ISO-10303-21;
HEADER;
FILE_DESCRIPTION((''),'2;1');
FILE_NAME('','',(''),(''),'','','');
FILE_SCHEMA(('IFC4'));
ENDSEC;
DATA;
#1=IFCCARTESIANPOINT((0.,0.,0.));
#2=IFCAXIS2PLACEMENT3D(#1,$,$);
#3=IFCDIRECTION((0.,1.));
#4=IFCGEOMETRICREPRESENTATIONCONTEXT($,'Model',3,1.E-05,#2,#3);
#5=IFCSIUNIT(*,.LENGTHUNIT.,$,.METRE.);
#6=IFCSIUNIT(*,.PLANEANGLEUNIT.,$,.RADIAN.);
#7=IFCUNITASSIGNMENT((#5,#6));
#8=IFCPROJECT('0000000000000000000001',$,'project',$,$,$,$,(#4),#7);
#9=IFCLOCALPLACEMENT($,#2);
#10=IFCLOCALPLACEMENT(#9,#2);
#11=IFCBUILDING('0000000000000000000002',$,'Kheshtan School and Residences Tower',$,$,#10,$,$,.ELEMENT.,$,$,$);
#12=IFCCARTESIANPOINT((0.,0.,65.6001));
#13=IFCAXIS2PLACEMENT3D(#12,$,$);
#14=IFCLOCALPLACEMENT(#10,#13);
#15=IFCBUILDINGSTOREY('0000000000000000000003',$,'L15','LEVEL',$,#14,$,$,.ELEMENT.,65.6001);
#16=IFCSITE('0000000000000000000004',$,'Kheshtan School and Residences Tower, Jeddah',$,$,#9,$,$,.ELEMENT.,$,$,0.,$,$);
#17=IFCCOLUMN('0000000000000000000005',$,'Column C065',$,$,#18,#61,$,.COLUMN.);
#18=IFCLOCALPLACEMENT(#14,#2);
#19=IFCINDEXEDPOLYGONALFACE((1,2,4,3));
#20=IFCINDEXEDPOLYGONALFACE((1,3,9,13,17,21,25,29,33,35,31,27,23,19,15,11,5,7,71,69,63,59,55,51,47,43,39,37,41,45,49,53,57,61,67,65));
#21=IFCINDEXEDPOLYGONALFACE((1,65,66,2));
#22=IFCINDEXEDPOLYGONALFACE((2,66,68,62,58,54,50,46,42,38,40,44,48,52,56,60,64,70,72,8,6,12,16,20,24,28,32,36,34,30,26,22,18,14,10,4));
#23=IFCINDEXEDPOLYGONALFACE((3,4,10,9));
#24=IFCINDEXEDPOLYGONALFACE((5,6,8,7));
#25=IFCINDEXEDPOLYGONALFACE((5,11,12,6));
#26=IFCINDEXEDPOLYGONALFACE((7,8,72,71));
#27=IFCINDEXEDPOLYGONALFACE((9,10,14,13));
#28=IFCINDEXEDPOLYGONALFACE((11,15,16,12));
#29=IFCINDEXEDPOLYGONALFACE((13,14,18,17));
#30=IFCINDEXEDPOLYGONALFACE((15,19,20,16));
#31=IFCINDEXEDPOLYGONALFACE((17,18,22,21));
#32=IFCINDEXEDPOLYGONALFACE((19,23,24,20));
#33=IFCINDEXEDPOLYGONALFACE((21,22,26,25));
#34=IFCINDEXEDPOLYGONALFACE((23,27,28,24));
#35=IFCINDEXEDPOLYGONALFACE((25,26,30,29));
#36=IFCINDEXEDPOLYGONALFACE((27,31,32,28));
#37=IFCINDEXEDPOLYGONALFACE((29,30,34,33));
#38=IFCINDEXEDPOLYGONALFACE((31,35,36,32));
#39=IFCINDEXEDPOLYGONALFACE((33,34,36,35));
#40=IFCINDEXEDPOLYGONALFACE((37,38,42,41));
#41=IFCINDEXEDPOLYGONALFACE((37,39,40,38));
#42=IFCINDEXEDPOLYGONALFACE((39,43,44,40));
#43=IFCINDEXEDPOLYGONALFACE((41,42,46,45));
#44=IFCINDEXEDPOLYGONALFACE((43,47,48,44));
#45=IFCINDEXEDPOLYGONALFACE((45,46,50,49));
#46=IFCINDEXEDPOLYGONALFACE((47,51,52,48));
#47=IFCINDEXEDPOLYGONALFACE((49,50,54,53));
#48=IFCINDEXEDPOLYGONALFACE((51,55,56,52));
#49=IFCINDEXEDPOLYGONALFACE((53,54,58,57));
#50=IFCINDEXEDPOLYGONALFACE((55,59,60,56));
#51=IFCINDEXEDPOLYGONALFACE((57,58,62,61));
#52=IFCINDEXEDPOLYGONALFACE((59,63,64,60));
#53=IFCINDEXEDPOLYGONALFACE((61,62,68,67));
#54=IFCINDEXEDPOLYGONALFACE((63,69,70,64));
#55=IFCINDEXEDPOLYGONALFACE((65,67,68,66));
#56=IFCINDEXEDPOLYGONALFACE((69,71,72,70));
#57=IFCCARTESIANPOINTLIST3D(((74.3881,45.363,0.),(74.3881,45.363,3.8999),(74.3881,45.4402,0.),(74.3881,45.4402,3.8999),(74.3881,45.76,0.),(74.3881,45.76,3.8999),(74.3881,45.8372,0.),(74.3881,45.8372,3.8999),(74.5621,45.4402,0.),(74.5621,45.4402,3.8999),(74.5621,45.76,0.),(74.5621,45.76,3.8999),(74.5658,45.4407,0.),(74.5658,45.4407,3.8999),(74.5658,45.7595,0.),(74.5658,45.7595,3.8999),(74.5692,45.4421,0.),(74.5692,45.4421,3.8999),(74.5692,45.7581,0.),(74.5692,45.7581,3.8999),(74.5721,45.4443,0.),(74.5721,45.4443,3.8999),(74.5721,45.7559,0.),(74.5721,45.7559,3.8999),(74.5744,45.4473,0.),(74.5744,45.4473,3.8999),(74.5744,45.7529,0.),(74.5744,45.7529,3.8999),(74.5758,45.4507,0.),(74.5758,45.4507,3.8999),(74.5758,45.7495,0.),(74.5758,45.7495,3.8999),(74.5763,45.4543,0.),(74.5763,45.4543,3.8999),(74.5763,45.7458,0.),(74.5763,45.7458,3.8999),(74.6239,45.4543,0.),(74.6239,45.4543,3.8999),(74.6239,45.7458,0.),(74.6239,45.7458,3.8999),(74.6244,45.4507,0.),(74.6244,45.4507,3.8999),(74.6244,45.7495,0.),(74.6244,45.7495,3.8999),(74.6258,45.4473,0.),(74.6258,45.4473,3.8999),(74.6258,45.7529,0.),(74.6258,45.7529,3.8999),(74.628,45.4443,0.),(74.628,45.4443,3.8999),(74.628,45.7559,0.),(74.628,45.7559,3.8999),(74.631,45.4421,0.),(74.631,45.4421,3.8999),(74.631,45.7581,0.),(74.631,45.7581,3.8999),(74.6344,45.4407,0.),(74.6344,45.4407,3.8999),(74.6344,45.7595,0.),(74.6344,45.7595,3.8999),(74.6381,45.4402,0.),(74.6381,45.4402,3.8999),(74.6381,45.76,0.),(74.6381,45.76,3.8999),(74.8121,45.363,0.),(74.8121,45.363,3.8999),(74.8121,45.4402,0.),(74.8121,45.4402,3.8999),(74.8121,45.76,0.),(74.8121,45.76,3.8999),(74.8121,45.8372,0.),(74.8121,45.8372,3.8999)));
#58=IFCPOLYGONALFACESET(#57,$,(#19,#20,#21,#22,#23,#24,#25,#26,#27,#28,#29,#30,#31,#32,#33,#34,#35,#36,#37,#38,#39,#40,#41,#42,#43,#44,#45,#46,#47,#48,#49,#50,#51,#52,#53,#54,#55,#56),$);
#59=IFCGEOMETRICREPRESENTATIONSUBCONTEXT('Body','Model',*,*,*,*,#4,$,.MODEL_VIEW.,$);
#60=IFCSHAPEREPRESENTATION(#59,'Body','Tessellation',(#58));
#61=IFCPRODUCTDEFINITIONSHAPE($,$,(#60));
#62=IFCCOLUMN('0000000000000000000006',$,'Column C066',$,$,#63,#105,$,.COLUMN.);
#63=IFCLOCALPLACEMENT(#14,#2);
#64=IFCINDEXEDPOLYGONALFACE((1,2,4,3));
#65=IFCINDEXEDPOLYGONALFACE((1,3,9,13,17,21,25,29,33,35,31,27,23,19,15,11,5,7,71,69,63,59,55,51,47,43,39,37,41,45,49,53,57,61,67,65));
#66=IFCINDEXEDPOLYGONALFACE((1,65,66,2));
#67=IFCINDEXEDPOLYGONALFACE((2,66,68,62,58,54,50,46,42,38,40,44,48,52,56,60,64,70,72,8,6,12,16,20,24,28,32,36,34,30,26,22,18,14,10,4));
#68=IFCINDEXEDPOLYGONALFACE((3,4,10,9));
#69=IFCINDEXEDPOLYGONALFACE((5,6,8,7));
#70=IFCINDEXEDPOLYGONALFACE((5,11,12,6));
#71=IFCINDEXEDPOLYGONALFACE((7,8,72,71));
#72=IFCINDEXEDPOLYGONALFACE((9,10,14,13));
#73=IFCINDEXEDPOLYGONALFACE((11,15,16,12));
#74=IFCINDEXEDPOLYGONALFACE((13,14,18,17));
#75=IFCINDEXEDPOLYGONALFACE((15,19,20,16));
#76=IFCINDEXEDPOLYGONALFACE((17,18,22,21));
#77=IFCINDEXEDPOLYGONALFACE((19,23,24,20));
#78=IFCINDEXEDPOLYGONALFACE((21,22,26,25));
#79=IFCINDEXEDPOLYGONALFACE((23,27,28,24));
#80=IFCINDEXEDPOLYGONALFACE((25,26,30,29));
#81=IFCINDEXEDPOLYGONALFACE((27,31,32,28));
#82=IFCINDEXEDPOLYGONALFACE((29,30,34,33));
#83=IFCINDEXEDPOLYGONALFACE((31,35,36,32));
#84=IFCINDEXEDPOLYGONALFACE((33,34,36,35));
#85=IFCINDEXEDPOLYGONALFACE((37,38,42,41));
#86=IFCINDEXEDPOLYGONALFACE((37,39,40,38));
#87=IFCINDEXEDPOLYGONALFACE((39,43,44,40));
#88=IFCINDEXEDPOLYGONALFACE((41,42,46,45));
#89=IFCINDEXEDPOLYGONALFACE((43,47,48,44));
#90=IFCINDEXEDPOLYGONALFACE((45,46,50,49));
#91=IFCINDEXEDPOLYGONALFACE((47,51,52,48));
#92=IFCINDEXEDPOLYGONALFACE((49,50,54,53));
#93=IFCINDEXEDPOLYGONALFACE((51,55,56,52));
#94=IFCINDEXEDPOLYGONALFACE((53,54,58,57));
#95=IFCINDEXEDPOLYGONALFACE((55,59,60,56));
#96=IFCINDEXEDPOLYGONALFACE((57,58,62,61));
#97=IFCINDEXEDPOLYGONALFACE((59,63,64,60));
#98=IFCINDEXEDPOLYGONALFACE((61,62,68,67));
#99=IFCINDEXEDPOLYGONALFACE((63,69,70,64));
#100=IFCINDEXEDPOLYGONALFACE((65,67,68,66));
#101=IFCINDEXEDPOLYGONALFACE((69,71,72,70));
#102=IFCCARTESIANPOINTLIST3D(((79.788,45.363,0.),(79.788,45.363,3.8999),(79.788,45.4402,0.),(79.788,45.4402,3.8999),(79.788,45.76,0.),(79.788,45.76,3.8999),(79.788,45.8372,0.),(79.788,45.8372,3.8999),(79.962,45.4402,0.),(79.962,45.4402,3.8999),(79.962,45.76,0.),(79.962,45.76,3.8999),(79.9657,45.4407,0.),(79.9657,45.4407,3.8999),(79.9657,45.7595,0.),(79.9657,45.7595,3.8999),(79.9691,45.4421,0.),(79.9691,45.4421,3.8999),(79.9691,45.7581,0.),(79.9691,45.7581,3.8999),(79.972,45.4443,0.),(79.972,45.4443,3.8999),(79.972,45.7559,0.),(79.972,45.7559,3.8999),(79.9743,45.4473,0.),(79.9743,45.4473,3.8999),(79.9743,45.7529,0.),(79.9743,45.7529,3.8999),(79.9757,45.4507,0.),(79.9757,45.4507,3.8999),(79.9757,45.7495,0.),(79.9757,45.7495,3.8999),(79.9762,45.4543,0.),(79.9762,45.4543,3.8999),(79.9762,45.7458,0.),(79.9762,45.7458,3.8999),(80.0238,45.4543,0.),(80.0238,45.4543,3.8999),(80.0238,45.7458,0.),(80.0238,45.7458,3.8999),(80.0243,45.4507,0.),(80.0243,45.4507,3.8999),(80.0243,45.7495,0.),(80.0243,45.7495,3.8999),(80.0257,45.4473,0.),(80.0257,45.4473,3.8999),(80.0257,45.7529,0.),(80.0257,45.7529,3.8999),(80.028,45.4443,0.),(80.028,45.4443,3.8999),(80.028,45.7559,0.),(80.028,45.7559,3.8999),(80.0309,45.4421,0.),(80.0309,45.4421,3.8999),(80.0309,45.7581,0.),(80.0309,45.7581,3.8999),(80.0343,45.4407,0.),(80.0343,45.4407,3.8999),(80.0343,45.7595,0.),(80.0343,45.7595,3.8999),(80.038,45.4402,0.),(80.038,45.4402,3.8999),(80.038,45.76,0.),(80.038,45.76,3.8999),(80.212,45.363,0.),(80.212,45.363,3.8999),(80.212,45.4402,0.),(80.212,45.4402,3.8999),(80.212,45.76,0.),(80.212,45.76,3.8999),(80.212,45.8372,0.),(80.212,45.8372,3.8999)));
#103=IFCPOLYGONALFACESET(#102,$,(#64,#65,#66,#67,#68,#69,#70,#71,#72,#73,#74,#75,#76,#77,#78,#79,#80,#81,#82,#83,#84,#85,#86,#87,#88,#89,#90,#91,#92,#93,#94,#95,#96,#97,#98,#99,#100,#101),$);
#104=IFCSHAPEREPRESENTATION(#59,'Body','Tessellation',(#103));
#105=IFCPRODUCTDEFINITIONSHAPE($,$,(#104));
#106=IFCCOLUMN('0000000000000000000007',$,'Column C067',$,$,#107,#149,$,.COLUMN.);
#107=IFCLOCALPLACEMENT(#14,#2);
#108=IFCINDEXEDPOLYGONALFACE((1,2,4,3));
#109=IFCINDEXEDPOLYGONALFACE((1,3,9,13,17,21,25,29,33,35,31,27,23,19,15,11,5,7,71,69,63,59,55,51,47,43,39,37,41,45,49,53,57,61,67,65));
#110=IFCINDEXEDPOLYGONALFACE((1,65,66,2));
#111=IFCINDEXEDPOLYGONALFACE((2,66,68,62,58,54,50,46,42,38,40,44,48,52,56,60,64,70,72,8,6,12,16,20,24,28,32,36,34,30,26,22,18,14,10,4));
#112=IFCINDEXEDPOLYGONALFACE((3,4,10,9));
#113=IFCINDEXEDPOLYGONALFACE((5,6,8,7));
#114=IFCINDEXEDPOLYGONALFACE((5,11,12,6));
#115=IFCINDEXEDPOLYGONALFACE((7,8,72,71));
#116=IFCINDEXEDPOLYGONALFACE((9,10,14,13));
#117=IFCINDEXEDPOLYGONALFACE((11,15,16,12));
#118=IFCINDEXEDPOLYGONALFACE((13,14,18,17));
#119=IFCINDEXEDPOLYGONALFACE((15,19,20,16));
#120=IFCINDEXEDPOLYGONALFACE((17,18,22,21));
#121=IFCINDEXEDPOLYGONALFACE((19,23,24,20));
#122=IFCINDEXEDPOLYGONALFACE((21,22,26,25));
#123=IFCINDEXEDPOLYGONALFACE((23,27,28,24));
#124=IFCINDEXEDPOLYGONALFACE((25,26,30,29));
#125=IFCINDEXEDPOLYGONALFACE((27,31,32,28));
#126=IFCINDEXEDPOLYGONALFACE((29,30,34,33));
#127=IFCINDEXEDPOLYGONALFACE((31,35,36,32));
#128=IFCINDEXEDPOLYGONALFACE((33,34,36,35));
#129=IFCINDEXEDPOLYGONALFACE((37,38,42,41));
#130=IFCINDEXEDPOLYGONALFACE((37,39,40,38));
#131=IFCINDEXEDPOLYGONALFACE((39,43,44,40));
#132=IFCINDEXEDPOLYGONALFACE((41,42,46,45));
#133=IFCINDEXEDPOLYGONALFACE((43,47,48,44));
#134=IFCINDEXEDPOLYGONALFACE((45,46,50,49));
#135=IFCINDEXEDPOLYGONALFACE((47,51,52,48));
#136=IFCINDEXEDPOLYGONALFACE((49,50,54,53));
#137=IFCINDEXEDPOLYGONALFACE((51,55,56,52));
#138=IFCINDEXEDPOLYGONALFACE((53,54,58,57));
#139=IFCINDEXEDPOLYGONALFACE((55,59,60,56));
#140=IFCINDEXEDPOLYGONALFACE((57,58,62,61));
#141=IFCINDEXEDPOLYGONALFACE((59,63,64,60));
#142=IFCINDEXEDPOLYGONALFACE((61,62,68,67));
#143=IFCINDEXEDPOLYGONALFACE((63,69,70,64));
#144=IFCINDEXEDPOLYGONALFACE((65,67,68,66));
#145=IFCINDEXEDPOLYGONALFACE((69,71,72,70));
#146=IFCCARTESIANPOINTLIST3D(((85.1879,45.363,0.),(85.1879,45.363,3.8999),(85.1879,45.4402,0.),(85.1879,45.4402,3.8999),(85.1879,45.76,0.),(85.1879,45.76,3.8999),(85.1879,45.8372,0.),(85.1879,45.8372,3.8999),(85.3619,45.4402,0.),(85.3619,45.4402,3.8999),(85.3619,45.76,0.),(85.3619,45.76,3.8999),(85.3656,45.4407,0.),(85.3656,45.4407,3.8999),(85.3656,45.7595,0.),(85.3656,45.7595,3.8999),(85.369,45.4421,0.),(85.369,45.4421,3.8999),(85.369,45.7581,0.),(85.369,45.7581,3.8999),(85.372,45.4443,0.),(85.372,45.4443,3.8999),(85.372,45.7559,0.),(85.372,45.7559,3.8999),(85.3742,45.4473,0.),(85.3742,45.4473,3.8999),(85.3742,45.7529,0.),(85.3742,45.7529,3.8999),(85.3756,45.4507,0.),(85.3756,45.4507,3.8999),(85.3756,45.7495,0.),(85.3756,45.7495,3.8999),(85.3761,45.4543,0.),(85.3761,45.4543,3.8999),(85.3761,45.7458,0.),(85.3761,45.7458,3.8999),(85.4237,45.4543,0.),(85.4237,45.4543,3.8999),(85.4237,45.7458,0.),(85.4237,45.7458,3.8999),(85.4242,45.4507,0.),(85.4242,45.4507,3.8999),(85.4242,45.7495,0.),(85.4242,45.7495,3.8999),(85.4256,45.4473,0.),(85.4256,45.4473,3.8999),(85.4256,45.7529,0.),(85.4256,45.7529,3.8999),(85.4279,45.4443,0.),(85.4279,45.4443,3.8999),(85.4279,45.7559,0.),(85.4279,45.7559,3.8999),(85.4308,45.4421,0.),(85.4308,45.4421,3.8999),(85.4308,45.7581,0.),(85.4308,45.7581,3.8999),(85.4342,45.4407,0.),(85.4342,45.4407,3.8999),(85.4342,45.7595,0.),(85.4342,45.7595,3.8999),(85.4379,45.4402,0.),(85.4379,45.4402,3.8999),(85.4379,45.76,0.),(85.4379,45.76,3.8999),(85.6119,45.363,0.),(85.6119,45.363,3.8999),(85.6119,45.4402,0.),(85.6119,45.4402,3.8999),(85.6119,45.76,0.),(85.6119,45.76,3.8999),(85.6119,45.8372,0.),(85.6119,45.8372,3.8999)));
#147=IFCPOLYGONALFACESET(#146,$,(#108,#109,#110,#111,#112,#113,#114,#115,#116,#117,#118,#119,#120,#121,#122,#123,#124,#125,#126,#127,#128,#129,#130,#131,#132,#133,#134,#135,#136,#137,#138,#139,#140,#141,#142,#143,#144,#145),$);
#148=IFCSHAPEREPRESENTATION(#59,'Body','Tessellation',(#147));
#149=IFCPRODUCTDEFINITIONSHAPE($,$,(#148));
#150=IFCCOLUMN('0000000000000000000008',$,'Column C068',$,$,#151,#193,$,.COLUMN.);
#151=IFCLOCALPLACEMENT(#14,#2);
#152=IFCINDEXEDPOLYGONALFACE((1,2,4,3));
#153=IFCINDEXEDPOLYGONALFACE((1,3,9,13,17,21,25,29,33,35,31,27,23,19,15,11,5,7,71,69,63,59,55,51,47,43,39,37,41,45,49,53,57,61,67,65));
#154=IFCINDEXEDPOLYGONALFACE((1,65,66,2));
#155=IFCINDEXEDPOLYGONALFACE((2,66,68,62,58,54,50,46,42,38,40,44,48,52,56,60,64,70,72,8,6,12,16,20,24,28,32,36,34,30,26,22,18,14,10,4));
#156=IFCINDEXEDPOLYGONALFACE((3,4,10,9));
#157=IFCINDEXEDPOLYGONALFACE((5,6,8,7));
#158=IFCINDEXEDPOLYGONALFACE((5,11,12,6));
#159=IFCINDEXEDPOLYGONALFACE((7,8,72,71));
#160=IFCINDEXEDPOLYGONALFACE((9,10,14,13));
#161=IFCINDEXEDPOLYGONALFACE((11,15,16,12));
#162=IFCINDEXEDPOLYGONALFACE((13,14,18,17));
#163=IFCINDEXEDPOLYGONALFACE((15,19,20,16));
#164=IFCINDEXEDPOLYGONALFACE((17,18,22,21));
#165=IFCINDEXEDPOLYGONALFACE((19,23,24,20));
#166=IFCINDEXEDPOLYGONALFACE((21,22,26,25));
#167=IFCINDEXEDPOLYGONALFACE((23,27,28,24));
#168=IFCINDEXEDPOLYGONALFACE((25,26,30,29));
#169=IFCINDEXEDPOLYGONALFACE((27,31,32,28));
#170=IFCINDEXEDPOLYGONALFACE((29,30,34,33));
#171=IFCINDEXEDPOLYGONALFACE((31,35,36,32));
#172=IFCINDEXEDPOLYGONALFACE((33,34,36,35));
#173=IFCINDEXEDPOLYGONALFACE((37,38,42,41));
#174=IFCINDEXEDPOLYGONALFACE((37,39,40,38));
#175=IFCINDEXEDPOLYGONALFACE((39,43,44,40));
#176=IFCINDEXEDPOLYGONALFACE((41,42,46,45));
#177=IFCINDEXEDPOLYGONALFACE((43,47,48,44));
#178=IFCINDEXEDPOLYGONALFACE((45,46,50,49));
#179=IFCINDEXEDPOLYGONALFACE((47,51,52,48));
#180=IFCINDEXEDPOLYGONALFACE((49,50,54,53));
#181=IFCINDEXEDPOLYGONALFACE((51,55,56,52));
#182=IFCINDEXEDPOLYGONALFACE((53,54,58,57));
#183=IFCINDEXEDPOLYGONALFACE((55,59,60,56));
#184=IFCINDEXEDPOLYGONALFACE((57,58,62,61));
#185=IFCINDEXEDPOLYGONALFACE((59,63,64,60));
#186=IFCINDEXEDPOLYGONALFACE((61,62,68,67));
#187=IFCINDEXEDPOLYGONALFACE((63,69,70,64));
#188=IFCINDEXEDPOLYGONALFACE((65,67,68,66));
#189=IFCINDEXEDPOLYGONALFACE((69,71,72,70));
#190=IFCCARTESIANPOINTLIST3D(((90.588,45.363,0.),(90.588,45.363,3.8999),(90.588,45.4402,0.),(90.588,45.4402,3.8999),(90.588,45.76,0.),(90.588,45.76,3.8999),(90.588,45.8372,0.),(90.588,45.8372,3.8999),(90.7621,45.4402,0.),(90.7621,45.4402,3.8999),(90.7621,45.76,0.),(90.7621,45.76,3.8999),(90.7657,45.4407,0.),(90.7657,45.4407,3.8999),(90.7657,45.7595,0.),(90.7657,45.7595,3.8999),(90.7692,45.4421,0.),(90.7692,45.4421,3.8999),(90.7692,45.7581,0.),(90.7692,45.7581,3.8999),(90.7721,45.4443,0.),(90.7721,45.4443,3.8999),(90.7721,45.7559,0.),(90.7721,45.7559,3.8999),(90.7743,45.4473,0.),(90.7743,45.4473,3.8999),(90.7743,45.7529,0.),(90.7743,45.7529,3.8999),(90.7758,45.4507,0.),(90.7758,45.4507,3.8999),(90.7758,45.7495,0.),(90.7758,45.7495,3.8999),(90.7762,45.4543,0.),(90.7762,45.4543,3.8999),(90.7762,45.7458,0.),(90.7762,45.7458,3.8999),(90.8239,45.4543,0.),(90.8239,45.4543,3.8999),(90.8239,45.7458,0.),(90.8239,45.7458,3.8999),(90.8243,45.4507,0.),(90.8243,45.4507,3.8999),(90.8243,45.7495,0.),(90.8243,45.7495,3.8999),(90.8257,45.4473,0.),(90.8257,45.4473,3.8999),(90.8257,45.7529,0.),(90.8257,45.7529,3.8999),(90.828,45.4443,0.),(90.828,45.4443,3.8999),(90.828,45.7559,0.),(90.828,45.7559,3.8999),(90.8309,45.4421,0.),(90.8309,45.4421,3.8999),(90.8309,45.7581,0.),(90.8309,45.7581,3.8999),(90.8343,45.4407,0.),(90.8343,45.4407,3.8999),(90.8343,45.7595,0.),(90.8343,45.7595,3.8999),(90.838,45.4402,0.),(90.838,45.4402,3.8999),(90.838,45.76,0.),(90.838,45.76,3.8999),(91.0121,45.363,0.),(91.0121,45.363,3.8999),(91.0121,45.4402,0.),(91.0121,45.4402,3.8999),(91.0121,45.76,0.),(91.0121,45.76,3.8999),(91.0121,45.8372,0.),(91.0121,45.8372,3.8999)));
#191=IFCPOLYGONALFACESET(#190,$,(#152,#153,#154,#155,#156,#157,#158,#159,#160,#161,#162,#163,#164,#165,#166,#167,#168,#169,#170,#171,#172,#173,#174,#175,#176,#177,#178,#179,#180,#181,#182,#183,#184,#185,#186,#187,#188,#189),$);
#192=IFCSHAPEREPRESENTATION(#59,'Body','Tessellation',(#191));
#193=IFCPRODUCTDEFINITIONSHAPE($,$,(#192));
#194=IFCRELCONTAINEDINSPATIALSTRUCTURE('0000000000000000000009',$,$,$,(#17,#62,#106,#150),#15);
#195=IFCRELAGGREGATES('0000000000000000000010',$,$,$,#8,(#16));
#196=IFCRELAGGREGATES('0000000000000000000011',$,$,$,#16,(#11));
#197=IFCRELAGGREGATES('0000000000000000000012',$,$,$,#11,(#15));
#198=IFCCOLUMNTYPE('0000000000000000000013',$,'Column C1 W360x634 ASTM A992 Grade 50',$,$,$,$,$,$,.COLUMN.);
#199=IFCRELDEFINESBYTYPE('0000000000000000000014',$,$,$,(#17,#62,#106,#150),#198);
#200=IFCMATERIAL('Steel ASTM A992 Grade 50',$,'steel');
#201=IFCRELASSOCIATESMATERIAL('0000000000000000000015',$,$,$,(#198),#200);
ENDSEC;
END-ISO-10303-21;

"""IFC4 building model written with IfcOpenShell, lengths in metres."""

from ifc_helpers import new_model, si_unit, direction, frame, origin, origin_2d, place, context, subcontext, project, spatial, i_section, extrude, material, material_profile, profile_set, type_object, element, save


model = new_model("IFC4")

# Units and contexts
model_context = context("Model", 3, precision=1e-05, world=origin(), true_north=direction((0.0, 1.0)))
body_context = subcontext(model_context, "Body", "Model", "MODEL_VIEW")
ifc_project = project(units=[si_unit("LENGTHUNIT", "METRE"), si_unit("PLANEANGLEUNIT", "RADIAN")], contexts=[model_context])

# Site, building, storey
site_placement = place(None, origin())
site = spatial("IfcSite", under=ifc_project, at=site_placement, Name="Kheshtan School and Residences Tower, Jeddah", CompositionType="ELEMENT", RefElevation=0.0)
building_placement = place(site_placement, origin())
building = spatial("IfcBuilding", under=site, at=building_placement, Name="Kheshtan School and Residences Tower", CompositionType="ELEMENT")
storey_placement = place(building_placement, frame((0.0, 0.0, 65.6001)))
storey = spatial("IfcBuildingStorey", under=building, at=storey_placement, Name="L15", Description="LEVEL", CompositionType="ELEMENT", Elevation=65.6001)

# Columns
ifc_material_1 = material(Name="Steel ASTM A992 Grade 50", Category="steel")
ifc_material_profile_1 = material_profile(ifc_material_1, i_section(OverallWidth=0.4241, OverallDepth=0.4741, WebThickness=0.0476, FlangeThickness=0.0771, FilletRadius=0.0142, at=origin_2d()), Name="W360x634")
ifc_profile_set_1 = profile_set([ifc_material_profile_1], Name="Steel ASTM A992 Grade 50")
column_type = type_object("IfcColumnType", Name="Column C1 W360x634 ASTM A992 Grade 50", PredefinedType="COLUMN", material=ifc_profile_set_1)
for number, where, z_axis, x_axis, name in (
    (1, (74.6001, 45.6001, 0.0), (0.0, 0.0, 1.0), (1.0, 0.0, 0.0), "Column C065"),
    (2, (80.0, 45.6001, 0.0), (0.0, 0.0, 1.0), (1.0, 0.0, 0.0), "Column C066"),
    (3, (85.3999, 45.6001, 0.0), (0.0, 0.0, 1.0), (1.0, 0.0, 0.0), "Column C067"),
    (4, (90.8, 45.6001, 0.0), (0.0, 0.0, 1.0), (1.0, 0.0, 0.0), "Column C068"),
):
    element("IfcColumn", number, at=place(storey_placement, frame(where, z_axis=z_axis, x_axis=x_axis)), inside=storey, type_object=column_type, Name=name, PredefinedType="COLUMN", context=body_context, shape_type="SweptSolid", body=[
        extrude(i_section(OverallWidth=0.4241, OverallDepth=0.4741, WebThickness=0.0476, FlangeThickness=0.0771, FilletRadius=0.0142, at=origin_2d()), origin(), (0.0, 0.0, 1.0), 3.8999),
    ])

save(model, "model.ifc")
